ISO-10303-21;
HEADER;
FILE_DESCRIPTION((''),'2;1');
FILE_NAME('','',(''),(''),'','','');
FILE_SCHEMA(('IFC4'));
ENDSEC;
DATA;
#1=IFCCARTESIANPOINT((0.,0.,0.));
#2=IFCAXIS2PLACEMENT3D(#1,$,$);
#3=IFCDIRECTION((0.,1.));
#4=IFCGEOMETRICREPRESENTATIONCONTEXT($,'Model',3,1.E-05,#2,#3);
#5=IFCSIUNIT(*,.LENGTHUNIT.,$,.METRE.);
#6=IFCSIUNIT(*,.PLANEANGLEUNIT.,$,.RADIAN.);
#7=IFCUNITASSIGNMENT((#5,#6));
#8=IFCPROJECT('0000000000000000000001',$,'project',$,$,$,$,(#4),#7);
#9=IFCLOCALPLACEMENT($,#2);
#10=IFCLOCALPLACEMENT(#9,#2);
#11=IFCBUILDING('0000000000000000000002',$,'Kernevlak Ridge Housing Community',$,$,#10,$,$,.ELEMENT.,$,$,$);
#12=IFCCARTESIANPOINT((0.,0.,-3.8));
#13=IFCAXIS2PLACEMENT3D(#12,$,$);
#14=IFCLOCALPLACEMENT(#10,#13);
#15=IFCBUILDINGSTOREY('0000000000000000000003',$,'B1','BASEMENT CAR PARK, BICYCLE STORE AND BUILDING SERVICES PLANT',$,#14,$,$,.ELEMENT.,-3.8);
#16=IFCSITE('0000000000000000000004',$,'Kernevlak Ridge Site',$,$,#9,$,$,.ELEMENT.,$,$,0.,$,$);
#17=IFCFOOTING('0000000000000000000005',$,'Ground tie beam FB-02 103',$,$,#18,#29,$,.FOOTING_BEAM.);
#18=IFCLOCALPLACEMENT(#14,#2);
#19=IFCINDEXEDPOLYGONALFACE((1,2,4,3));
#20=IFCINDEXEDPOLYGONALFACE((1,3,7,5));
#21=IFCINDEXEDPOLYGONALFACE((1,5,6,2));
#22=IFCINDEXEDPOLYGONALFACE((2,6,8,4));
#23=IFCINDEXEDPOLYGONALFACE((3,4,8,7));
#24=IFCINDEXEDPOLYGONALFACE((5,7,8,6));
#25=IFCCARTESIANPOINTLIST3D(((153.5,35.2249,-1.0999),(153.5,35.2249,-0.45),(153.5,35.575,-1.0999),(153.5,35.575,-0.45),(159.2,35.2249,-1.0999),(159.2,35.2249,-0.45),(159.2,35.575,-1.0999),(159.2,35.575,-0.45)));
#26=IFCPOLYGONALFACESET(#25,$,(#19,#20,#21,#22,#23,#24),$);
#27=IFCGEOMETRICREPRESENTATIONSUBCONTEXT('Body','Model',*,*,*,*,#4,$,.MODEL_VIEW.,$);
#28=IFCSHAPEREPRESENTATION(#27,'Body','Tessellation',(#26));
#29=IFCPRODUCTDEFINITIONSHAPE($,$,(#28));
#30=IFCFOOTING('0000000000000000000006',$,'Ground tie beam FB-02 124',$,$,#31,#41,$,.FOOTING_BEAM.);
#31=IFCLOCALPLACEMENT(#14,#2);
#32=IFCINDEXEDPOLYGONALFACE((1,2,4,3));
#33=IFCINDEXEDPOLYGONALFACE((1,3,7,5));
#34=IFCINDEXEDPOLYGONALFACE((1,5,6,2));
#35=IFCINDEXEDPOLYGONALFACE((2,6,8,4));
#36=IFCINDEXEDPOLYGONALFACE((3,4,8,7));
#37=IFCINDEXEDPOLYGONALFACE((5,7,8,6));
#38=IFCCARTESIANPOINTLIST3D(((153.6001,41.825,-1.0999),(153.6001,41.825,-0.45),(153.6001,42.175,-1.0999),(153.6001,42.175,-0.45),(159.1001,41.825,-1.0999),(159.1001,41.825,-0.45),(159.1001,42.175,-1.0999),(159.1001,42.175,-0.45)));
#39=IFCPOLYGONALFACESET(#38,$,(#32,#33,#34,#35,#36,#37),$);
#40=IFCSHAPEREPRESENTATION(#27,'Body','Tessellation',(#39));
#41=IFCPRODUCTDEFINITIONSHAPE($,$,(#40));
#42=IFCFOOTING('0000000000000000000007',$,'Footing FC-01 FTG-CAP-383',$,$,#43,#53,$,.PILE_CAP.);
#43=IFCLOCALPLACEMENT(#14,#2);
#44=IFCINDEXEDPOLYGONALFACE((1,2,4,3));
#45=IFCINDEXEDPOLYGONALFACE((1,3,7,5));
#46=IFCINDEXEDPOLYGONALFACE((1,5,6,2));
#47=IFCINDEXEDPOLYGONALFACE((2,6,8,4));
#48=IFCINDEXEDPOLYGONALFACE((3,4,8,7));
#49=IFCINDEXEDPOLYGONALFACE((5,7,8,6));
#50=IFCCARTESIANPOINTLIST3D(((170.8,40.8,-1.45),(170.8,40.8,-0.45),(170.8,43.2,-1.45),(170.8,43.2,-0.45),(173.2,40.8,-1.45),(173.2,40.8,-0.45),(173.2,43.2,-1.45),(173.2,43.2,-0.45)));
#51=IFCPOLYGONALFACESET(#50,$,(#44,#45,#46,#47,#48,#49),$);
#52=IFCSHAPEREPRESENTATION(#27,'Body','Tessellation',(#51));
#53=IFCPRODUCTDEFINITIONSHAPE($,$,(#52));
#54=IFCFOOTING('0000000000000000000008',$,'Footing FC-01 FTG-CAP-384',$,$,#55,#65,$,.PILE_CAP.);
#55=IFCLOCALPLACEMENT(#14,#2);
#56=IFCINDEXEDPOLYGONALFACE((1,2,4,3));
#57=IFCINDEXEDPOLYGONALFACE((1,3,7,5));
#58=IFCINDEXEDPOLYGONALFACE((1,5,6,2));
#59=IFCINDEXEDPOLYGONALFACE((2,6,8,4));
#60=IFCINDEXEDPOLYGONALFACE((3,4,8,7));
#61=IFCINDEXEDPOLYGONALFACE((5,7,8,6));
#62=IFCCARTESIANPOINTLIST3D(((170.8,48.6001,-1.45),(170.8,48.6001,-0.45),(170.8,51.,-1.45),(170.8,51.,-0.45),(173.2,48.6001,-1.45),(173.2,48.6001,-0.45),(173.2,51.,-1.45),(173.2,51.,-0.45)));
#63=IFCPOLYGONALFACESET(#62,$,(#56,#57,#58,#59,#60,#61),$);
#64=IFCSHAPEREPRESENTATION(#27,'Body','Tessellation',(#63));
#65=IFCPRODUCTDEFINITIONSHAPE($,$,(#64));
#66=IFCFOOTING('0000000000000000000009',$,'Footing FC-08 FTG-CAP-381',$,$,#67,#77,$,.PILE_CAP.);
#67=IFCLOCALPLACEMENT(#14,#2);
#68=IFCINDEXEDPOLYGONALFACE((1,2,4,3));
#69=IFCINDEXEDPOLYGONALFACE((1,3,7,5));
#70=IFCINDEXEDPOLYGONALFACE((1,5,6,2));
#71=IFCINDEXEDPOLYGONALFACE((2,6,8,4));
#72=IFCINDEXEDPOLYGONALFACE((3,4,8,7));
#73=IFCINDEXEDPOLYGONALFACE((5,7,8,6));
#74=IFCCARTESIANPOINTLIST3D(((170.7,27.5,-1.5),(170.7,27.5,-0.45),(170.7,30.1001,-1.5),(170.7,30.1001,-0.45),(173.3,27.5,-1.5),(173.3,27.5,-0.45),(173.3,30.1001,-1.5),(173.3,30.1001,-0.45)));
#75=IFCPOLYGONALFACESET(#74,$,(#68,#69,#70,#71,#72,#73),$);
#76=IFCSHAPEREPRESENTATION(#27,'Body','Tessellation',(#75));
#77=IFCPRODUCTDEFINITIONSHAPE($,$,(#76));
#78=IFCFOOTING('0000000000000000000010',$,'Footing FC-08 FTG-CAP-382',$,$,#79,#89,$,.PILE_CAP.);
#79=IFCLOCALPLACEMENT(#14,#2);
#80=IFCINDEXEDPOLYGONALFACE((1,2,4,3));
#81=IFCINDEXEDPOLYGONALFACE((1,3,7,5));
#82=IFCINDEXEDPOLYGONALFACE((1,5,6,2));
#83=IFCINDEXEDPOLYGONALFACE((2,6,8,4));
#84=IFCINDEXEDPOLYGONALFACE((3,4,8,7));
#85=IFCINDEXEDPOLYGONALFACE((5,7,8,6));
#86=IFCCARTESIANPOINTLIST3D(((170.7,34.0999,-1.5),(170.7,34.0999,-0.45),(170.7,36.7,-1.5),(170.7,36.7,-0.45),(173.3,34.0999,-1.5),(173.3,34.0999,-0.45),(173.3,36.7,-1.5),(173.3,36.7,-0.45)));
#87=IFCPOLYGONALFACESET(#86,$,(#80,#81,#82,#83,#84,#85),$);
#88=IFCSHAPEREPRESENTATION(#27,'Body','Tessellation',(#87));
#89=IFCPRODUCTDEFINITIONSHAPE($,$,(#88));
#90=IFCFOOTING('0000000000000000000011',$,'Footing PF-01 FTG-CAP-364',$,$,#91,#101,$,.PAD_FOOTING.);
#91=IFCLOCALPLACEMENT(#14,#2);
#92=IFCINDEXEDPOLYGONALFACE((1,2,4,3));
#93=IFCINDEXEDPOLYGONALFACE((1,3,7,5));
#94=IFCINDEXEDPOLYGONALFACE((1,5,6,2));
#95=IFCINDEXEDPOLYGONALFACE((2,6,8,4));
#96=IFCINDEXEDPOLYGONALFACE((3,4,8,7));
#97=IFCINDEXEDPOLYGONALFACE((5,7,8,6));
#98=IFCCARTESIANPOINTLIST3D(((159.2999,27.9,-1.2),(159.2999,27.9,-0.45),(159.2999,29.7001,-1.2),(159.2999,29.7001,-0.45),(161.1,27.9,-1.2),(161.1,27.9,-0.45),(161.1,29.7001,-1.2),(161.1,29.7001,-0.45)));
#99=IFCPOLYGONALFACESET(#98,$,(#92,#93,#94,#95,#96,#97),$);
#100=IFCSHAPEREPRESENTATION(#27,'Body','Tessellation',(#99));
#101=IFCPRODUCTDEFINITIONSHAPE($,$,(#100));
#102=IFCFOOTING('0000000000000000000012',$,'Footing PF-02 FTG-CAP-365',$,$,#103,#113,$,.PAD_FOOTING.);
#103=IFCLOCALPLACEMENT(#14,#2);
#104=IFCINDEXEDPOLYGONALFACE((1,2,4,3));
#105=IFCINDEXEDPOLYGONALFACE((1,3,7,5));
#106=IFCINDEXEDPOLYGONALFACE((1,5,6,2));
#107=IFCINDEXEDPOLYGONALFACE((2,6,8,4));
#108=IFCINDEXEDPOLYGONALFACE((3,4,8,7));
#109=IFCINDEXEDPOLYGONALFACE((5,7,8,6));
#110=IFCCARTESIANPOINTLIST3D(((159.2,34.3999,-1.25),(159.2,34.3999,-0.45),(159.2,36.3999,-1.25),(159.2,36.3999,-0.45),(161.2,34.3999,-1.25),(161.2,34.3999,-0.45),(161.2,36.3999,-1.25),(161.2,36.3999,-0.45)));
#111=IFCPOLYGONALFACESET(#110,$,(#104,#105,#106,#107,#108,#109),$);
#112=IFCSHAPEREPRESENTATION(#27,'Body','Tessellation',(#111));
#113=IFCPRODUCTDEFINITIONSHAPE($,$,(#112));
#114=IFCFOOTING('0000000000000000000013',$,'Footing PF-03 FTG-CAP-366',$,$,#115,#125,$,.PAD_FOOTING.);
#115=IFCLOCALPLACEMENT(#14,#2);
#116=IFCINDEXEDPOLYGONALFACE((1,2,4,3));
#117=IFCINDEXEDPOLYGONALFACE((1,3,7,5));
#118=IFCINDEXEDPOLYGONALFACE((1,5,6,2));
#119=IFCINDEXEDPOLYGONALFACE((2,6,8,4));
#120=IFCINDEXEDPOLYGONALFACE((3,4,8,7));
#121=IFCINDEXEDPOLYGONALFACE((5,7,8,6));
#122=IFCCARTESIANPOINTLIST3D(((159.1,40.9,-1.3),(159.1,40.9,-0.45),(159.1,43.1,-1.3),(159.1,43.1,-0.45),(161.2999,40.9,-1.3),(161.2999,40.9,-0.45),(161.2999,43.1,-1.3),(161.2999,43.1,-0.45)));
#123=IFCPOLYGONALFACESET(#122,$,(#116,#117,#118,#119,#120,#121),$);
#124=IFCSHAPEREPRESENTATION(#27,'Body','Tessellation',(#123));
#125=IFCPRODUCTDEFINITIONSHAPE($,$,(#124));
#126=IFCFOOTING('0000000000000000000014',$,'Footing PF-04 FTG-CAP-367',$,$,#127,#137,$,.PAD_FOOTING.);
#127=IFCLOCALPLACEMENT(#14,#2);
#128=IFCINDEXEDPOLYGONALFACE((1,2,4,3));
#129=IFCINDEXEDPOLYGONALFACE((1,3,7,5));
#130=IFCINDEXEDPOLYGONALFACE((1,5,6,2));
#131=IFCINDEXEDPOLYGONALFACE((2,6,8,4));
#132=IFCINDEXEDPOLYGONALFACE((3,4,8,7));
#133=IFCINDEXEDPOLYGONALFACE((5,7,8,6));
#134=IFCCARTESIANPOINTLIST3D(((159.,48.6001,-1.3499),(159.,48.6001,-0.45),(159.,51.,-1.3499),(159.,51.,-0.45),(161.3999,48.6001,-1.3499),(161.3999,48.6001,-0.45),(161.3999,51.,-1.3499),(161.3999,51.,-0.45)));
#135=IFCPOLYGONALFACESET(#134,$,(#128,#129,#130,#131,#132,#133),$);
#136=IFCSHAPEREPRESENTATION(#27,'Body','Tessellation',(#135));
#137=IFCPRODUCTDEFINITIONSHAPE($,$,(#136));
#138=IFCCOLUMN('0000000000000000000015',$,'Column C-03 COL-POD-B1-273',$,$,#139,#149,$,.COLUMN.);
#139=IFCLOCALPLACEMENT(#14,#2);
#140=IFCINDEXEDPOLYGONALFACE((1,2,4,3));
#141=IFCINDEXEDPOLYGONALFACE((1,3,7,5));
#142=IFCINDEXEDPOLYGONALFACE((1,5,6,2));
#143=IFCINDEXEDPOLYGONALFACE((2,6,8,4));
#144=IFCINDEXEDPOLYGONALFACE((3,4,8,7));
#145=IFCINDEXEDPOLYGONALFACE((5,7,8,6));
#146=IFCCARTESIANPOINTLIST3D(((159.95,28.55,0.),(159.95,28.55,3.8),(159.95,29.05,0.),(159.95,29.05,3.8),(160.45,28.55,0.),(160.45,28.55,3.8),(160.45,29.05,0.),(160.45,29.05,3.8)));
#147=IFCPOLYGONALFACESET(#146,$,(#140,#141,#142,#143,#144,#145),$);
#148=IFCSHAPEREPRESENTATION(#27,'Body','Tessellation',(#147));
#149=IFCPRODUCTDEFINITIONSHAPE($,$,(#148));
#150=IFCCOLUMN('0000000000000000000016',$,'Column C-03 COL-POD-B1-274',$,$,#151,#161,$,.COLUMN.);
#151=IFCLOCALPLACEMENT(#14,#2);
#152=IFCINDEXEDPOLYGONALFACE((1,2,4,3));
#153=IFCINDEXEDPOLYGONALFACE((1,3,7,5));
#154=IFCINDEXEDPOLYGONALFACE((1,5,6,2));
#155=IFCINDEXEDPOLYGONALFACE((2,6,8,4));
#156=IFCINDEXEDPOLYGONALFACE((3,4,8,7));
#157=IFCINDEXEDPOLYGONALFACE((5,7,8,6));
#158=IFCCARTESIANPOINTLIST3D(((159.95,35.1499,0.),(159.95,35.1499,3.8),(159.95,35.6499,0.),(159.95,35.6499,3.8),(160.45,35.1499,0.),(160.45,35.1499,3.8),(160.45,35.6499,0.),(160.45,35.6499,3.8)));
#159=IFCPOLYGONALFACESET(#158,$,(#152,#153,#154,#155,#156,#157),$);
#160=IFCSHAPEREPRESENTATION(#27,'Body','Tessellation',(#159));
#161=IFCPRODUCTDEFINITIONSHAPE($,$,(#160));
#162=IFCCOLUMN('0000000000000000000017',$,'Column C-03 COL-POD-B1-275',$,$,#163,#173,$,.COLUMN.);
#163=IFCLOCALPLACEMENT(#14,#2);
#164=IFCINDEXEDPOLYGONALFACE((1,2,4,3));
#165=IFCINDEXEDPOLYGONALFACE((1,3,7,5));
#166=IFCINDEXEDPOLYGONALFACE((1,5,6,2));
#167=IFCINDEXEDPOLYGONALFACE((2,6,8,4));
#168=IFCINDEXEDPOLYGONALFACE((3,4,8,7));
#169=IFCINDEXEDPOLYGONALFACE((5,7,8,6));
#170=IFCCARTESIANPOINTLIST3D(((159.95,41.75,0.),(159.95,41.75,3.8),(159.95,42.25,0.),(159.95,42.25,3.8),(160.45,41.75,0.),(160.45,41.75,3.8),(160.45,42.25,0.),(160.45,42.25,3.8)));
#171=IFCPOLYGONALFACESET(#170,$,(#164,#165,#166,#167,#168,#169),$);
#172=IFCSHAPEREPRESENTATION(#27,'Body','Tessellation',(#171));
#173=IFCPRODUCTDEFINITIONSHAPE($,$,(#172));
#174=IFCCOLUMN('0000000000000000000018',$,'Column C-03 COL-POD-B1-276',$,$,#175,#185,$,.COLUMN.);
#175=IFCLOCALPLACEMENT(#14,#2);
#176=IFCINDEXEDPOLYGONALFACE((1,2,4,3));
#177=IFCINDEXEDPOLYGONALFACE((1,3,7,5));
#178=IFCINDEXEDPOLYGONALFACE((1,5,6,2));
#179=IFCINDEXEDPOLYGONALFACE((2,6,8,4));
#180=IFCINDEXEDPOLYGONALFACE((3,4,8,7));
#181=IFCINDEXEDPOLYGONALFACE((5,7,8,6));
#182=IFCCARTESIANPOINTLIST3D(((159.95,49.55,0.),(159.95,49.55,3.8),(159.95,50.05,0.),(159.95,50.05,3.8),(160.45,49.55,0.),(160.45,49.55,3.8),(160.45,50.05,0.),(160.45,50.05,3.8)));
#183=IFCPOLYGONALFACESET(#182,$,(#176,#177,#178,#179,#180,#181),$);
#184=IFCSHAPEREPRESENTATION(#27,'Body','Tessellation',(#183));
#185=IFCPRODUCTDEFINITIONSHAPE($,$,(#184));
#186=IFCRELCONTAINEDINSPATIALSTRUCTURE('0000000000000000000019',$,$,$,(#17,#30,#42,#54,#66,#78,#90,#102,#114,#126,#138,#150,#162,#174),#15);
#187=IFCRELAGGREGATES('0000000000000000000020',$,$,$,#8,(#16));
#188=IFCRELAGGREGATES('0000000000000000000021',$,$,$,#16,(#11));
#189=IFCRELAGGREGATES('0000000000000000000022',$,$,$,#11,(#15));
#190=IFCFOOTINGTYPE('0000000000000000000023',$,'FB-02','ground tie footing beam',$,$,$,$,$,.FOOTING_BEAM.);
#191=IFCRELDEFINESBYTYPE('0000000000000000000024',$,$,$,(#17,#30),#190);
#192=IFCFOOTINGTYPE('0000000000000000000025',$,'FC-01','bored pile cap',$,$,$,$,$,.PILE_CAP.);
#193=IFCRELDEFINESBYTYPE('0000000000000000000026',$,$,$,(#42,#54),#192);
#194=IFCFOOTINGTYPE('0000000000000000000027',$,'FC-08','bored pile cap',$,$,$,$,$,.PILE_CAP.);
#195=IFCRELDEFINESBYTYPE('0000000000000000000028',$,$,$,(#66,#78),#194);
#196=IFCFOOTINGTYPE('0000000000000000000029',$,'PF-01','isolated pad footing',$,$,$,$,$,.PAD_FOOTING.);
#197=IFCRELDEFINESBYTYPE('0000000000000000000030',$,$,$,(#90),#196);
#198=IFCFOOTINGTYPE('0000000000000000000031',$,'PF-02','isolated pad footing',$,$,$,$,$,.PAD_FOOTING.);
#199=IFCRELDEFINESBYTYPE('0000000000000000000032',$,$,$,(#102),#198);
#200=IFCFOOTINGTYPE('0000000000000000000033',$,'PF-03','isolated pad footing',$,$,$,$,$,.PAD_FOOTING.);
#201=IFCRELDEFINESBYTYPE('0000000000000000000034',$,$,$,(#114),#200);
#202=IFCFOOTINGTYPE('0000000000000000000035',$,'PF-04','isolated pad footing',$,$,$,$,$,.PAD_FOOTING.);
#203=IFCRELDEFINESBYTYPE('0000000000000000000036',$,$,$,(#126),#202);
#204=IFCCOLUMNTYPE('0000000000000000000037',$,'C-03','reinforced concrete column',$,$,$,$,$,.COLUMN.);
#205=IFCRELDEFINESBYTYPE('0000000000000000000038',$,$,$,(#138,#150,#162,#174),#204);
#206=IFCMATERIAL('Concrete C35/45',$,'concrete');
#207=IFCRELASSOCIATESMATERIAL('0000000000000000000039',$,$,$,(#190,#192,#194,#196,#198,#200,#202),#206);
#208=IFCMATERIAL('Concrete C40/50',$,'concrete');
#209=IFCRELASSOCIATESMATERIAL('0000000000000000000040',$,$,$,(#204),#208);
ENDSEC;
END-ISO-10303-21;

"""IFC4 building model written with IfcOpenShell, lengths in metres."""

from ifc_helpers import new_model, si_unit, direction, frame, origin, origin_2d, place, context, subcontext, project, spatial, rectangle, extrude, material, material_profile, profile_set, type_object, element, save


model = new_model("IFC4")

# Units and contexts
model_context = context("Model", 3, precision=1e-05, world=origin(), true_north=direction((0.0, 1.0)))
body_context = subcontext(model_context, "Body", "Model", "MODEL_VIEW")
ifc_project = project(units=[si_unit("LENGTHUNIT", "METRE"), si_unit("PLANEANGLEUNIT", "RADIAN")], contexts=[model_context])

# Site, building, storey
site_placement = place(None, origin())
site = spatial("IfcSite", under=ifc_project, at=site_placement, Name="Kernevlak Ridge Site", CompositionType="ELEMENT", RefElevation=0.0)
building_placement = place(site_placement, origin())
building = spatial("IfcBuilding", under=site, at=building_placement, Name="Kernevlak Ridge Housing Community", CompositionType="ELEMENT")
storey_placement = place(building_placement, frame((0.0, 0.0, -3.8)))
storey = spatial("IfcBuildingStorey", under=building, at=storey_placement, Name="B1", Description="BASEMENT CAR PARK, BICYCLE STORE AND BUILDING SERVICES PLANT", CompositionType="ELEMENT", Elevation=-3.8)

# Shared definitions
ifc_material_1 = material(Name="Concrete C35/45", Category="concrete")

# Footings
ifc_material_profile_1 = material_profile(ifc_material_1, rectangle(XDim=0.3501, YDim=0.6499, at=origin_2d()), Name="RC 350x650")
ifc_profile_set_1 = profile_set([ifc_material_profile_1], Name="Concrete C35/45")
footing_type_1 = type_object("IfcFootingType", Name="FB-02", Description="ground tie footing beam", PredefinedType="FOOTING_BEAM", material=ifc_profile_set_1)
footing_1_placement = place(storey_placement, frame((153.5, 35.3999, -0.7749), z_axis=(1.0, 0.0, 0.0), x_axis=(0.0, 1.0, 0.0)))
element("IfcFooting", 1, at=footing_1_placement, inside=storey, type_object=footing_type_1, Name="Ground tie beam FB-02 103", PredefinedType="FOOTING_BEAM", context=body_context, shape_type="SweptSolid", body=[
    extrude(rectangle(XDim=0.3501, YDim=0.6499, at=origin_2d()), origin(), (0.0, 0.0, 1.0), 5.7),
])
footing_2_placement = place(storey_placement, frame((153.6001, 42.0, -0.7749), z_axis=(1.0, 0.0, 0.0), x_axis=(0.0, 1.0, 0.0)))
element("IfcFooting", 2, at=footing_2_placement, inside=storey, type_object=footing_type_1, Name="Ground tie beam FB-02 124", PredefinedType="FOOTING_BEAM", context=body_context, shape_type="SweptSolid", body=[
    extrude(rectangle(XDim=0.3501, YDim=0.6499, at=origin_2d()), origin(), (0.0, 0.0, 1.0), 5.5),
])
footing_type_2 = type_object("IfcFootingType", Name="FC-01", Description="bored pile cap", PredefinedType="PILE_CAP", material=ifc_material_1)
for number, where, z_axis, x_axis, name in (
    (3, (172.0, 42.0, -1.45), (0.0, 0.0, 1.0), (1.0, 0.0, 0.0), "Footing FC-01 FTG-CAP-383"),
    (4, (172.0, 49.8, -1.45), (0.0, 0.0, 1.0), (1.0, 0.0, 0.0), "Footing FC-01 FTG-CAP-384"),
):
    element("IfcFooting", number, at=place(storey_placement, frame(where, z_axis=z_axis, x_axis=x_axis)), inside=storey, type_object=footing_type_2, Name=name, PredefinedType="PILE_CAP", context=body_context, shape_type="SweptSolid", body=[
        extrude(rectangle(XDim=2.3999, YDim=2.3999, at=origin_2d()), origin(), (0.0, 0.0, 1.0), 1.0),
    ])
footing_type_3 = type_object("IfcFootingType", Name="FC-08", Description="bored pile cap", PredefinedType="PILE_CAP", material=ifc_material_1)
for number, where, z_axis, x_axis, name in (
    (5, (172.0, 28.8, -1.5), (0.0, 0.0, 1.0), (1.0, 0.0, 0.0), "Footing FC-08 FTG-CAP-381"),
    (6, (172.0, 35.3999, -1.5), (0.0, 0.0, 1.0), (1.0, 0.0, 0.0), "Footing FC-08 FTG-CAP-382"),
):
    element("IfcFooting", number, at=place(storey_placement, frame(where, z_axis=z_axis, x_axis=x_axis)), inside=storey, type_object=footing_type_3, Name=name, PredefinedType="PILE_CAP", context=body_context, shape_type="SweptSolid", body=[
        extrude(rectangle(XDim=2.6001, YDim=2.6001, at=origin_2d()), origin(), (0.0, 0.0, 1.0), 1.05),
    ])
footing_type_4 = type_object("IfcFootingType", Name="PF-01", Description="isolated pad footing", PredefinedType="PAD_FOOTING", material=ifc_material_1)
footing_3_placement = place(storey_placement, frame((160.2, 28.8, -1.2), z_axis=(0.0, 0.0, 1.0), x_axis=(1.0, 0.0, 0.0)))
element("IfcFooting", 7, at=footing_3_placement, inside=storey, type_object=footing_type_4, Name="Footing PF-01 FTG-CAP-364", PredefinedType="PAD_FOOTING", context=body_context, shape_type="SweptSolid", body=[
    extrude(rectangle(XDim=1.8, YDim=1.8, at=origin_2d()), origin(), (0.0, 0.0, 1.0), 0.75),
])
footing_type_5 = type_object("IfcFootingType", Name="PF-02", Description="isolated pad footing", PredefinedType="PAD_FOOTING", material=ifc_material_1)
footing_4_placement = place(storey_placement, frame((160.2, 35.3999, -1.25), z_axis=(0.0, 0.0, 1.0), x_axis=(1.0, 0.0, 0.0)))
element("IfcFooting", 8, at=footing_4_placement, inside=storey, type_object=footing_type_5, Name="Footing PF-02 FTG-CAP-365", PredefinedType="PAD_FOOTING", context=body_context, shape_type="SweptSolid", body=[
    extrude(rectangle(XDim=2.0, YDim=2.0, at=origin_2d()), origin(), (0.0, 0.0, 1.0), 0.8),
])
footing_type_6 = type_object("IfcFootingType", Name="PF-03", Description="isolated pad footing", PredefinedType="PAD_FOOTING", material=ifc_material_1)
footing_5_placement = place(storey_placement, frame((160.2, 42.0, -1.3), z_axis=(0.0, 0.0, 1.0), x_axis=(1.0, 0.0, 0.0)))
element("IfcFooting", 9, at=footing_5_placement, inside=storey, type_object=footing_type_6, Name="Footing PF-03 FTG-CAP-366", PredefinedType="PAD_FOOTING", context=body_context, shape_type="SweptSolid", body=[
    extrude(rectangle(XDim=2.2, YDim=2.2, at=origin_2d()), origin(), (0.0, 0.0, 1.0), 0.8501),
])
footing_type_7 = type_object("IfcFootingType", Name="PF-04", Description="isolated pad footing", PredefinedType="PAD_FOOTING", material=ifc_material_1)
footing_6_placement = place(storey_placement, frame((160.2, 49.8, -1.3499), z_axis=(0.0, 0.0, 1.0), x_axis=(1.0, 0.0, 0.0)))
element("IfcFooting", 10, at=footing_6_placement, inside=storey, type_object=footing_type_7, Name="Footing PF-04 FTG-CAP-367", PredefinedType="PAD_FOOTING", context=body_context, shape_type="SweptSolid", body=[
    extrude(rectangle(XDim=2.3999, YDim=2.3999, at=origin_2d()), origin(), (0.0, 0.0, 1.0), 0.8999),
])

# Columns
ifc_material_2 = material(Name="Concrete C40/50", Category="concrete")
ifc_material_profile_2 = material_profile(ifc_material_2, rectangle(XDim=0.5, YDim=0.5, at=origin_2d()), Name="RC 500x500")
ifc_profile_set_2 = profile_set([ifc_material_profile_2], Name="Concrete C40/50")
column_type_1 = type_object("IfcColumnType", Name="C-03", Description="reinforced concrete column", PredefinedType="COLUMN", material=ifc_profile_set_2)
for number, where, z_axis, x_axis, name in (
    (11, (160.2, 28.8, 0.0), (0.0, 0.0, 1.0), (1.0, 0.0, 0.0), "Column C-03 COL-POD-B1-273"),
    (12, (160.2, 35.3999, 0.0), (0.0, 0.0, 1.0), (1.0, 0.0, 0.0), "Column C-03 COL-POD-B1-274"),
    (13, (160.2, 42.0, 0.0), (0.0, 0.0, 1.0), (1.0, 0.0, 0.0), "Column C-03 COL-POD-B1-275"),
    (14, (160.2, 49.8, 0.0), (0.0, 0.0, 1.0), (1.0, 0.0, 0.0), "Column C-03 COL-POD-B1-276"),
):
    element("IfcColumn", number, at=place(storey_placement, frame(where, z_axis=z_axis, x_axis=x_axis)), inside=storey, type_object=column_type_1, Name=name, PredefinedType="COLUMN", context=body_context, shape_type="SweptSolid", body=[
        extrude(rectangle(XDim=0.5, YDim=0.5, at=origin_2d()), origin(), (0.0, 0.0, 1.0), 3.8),
    ])

save(model, "model.ifc")
